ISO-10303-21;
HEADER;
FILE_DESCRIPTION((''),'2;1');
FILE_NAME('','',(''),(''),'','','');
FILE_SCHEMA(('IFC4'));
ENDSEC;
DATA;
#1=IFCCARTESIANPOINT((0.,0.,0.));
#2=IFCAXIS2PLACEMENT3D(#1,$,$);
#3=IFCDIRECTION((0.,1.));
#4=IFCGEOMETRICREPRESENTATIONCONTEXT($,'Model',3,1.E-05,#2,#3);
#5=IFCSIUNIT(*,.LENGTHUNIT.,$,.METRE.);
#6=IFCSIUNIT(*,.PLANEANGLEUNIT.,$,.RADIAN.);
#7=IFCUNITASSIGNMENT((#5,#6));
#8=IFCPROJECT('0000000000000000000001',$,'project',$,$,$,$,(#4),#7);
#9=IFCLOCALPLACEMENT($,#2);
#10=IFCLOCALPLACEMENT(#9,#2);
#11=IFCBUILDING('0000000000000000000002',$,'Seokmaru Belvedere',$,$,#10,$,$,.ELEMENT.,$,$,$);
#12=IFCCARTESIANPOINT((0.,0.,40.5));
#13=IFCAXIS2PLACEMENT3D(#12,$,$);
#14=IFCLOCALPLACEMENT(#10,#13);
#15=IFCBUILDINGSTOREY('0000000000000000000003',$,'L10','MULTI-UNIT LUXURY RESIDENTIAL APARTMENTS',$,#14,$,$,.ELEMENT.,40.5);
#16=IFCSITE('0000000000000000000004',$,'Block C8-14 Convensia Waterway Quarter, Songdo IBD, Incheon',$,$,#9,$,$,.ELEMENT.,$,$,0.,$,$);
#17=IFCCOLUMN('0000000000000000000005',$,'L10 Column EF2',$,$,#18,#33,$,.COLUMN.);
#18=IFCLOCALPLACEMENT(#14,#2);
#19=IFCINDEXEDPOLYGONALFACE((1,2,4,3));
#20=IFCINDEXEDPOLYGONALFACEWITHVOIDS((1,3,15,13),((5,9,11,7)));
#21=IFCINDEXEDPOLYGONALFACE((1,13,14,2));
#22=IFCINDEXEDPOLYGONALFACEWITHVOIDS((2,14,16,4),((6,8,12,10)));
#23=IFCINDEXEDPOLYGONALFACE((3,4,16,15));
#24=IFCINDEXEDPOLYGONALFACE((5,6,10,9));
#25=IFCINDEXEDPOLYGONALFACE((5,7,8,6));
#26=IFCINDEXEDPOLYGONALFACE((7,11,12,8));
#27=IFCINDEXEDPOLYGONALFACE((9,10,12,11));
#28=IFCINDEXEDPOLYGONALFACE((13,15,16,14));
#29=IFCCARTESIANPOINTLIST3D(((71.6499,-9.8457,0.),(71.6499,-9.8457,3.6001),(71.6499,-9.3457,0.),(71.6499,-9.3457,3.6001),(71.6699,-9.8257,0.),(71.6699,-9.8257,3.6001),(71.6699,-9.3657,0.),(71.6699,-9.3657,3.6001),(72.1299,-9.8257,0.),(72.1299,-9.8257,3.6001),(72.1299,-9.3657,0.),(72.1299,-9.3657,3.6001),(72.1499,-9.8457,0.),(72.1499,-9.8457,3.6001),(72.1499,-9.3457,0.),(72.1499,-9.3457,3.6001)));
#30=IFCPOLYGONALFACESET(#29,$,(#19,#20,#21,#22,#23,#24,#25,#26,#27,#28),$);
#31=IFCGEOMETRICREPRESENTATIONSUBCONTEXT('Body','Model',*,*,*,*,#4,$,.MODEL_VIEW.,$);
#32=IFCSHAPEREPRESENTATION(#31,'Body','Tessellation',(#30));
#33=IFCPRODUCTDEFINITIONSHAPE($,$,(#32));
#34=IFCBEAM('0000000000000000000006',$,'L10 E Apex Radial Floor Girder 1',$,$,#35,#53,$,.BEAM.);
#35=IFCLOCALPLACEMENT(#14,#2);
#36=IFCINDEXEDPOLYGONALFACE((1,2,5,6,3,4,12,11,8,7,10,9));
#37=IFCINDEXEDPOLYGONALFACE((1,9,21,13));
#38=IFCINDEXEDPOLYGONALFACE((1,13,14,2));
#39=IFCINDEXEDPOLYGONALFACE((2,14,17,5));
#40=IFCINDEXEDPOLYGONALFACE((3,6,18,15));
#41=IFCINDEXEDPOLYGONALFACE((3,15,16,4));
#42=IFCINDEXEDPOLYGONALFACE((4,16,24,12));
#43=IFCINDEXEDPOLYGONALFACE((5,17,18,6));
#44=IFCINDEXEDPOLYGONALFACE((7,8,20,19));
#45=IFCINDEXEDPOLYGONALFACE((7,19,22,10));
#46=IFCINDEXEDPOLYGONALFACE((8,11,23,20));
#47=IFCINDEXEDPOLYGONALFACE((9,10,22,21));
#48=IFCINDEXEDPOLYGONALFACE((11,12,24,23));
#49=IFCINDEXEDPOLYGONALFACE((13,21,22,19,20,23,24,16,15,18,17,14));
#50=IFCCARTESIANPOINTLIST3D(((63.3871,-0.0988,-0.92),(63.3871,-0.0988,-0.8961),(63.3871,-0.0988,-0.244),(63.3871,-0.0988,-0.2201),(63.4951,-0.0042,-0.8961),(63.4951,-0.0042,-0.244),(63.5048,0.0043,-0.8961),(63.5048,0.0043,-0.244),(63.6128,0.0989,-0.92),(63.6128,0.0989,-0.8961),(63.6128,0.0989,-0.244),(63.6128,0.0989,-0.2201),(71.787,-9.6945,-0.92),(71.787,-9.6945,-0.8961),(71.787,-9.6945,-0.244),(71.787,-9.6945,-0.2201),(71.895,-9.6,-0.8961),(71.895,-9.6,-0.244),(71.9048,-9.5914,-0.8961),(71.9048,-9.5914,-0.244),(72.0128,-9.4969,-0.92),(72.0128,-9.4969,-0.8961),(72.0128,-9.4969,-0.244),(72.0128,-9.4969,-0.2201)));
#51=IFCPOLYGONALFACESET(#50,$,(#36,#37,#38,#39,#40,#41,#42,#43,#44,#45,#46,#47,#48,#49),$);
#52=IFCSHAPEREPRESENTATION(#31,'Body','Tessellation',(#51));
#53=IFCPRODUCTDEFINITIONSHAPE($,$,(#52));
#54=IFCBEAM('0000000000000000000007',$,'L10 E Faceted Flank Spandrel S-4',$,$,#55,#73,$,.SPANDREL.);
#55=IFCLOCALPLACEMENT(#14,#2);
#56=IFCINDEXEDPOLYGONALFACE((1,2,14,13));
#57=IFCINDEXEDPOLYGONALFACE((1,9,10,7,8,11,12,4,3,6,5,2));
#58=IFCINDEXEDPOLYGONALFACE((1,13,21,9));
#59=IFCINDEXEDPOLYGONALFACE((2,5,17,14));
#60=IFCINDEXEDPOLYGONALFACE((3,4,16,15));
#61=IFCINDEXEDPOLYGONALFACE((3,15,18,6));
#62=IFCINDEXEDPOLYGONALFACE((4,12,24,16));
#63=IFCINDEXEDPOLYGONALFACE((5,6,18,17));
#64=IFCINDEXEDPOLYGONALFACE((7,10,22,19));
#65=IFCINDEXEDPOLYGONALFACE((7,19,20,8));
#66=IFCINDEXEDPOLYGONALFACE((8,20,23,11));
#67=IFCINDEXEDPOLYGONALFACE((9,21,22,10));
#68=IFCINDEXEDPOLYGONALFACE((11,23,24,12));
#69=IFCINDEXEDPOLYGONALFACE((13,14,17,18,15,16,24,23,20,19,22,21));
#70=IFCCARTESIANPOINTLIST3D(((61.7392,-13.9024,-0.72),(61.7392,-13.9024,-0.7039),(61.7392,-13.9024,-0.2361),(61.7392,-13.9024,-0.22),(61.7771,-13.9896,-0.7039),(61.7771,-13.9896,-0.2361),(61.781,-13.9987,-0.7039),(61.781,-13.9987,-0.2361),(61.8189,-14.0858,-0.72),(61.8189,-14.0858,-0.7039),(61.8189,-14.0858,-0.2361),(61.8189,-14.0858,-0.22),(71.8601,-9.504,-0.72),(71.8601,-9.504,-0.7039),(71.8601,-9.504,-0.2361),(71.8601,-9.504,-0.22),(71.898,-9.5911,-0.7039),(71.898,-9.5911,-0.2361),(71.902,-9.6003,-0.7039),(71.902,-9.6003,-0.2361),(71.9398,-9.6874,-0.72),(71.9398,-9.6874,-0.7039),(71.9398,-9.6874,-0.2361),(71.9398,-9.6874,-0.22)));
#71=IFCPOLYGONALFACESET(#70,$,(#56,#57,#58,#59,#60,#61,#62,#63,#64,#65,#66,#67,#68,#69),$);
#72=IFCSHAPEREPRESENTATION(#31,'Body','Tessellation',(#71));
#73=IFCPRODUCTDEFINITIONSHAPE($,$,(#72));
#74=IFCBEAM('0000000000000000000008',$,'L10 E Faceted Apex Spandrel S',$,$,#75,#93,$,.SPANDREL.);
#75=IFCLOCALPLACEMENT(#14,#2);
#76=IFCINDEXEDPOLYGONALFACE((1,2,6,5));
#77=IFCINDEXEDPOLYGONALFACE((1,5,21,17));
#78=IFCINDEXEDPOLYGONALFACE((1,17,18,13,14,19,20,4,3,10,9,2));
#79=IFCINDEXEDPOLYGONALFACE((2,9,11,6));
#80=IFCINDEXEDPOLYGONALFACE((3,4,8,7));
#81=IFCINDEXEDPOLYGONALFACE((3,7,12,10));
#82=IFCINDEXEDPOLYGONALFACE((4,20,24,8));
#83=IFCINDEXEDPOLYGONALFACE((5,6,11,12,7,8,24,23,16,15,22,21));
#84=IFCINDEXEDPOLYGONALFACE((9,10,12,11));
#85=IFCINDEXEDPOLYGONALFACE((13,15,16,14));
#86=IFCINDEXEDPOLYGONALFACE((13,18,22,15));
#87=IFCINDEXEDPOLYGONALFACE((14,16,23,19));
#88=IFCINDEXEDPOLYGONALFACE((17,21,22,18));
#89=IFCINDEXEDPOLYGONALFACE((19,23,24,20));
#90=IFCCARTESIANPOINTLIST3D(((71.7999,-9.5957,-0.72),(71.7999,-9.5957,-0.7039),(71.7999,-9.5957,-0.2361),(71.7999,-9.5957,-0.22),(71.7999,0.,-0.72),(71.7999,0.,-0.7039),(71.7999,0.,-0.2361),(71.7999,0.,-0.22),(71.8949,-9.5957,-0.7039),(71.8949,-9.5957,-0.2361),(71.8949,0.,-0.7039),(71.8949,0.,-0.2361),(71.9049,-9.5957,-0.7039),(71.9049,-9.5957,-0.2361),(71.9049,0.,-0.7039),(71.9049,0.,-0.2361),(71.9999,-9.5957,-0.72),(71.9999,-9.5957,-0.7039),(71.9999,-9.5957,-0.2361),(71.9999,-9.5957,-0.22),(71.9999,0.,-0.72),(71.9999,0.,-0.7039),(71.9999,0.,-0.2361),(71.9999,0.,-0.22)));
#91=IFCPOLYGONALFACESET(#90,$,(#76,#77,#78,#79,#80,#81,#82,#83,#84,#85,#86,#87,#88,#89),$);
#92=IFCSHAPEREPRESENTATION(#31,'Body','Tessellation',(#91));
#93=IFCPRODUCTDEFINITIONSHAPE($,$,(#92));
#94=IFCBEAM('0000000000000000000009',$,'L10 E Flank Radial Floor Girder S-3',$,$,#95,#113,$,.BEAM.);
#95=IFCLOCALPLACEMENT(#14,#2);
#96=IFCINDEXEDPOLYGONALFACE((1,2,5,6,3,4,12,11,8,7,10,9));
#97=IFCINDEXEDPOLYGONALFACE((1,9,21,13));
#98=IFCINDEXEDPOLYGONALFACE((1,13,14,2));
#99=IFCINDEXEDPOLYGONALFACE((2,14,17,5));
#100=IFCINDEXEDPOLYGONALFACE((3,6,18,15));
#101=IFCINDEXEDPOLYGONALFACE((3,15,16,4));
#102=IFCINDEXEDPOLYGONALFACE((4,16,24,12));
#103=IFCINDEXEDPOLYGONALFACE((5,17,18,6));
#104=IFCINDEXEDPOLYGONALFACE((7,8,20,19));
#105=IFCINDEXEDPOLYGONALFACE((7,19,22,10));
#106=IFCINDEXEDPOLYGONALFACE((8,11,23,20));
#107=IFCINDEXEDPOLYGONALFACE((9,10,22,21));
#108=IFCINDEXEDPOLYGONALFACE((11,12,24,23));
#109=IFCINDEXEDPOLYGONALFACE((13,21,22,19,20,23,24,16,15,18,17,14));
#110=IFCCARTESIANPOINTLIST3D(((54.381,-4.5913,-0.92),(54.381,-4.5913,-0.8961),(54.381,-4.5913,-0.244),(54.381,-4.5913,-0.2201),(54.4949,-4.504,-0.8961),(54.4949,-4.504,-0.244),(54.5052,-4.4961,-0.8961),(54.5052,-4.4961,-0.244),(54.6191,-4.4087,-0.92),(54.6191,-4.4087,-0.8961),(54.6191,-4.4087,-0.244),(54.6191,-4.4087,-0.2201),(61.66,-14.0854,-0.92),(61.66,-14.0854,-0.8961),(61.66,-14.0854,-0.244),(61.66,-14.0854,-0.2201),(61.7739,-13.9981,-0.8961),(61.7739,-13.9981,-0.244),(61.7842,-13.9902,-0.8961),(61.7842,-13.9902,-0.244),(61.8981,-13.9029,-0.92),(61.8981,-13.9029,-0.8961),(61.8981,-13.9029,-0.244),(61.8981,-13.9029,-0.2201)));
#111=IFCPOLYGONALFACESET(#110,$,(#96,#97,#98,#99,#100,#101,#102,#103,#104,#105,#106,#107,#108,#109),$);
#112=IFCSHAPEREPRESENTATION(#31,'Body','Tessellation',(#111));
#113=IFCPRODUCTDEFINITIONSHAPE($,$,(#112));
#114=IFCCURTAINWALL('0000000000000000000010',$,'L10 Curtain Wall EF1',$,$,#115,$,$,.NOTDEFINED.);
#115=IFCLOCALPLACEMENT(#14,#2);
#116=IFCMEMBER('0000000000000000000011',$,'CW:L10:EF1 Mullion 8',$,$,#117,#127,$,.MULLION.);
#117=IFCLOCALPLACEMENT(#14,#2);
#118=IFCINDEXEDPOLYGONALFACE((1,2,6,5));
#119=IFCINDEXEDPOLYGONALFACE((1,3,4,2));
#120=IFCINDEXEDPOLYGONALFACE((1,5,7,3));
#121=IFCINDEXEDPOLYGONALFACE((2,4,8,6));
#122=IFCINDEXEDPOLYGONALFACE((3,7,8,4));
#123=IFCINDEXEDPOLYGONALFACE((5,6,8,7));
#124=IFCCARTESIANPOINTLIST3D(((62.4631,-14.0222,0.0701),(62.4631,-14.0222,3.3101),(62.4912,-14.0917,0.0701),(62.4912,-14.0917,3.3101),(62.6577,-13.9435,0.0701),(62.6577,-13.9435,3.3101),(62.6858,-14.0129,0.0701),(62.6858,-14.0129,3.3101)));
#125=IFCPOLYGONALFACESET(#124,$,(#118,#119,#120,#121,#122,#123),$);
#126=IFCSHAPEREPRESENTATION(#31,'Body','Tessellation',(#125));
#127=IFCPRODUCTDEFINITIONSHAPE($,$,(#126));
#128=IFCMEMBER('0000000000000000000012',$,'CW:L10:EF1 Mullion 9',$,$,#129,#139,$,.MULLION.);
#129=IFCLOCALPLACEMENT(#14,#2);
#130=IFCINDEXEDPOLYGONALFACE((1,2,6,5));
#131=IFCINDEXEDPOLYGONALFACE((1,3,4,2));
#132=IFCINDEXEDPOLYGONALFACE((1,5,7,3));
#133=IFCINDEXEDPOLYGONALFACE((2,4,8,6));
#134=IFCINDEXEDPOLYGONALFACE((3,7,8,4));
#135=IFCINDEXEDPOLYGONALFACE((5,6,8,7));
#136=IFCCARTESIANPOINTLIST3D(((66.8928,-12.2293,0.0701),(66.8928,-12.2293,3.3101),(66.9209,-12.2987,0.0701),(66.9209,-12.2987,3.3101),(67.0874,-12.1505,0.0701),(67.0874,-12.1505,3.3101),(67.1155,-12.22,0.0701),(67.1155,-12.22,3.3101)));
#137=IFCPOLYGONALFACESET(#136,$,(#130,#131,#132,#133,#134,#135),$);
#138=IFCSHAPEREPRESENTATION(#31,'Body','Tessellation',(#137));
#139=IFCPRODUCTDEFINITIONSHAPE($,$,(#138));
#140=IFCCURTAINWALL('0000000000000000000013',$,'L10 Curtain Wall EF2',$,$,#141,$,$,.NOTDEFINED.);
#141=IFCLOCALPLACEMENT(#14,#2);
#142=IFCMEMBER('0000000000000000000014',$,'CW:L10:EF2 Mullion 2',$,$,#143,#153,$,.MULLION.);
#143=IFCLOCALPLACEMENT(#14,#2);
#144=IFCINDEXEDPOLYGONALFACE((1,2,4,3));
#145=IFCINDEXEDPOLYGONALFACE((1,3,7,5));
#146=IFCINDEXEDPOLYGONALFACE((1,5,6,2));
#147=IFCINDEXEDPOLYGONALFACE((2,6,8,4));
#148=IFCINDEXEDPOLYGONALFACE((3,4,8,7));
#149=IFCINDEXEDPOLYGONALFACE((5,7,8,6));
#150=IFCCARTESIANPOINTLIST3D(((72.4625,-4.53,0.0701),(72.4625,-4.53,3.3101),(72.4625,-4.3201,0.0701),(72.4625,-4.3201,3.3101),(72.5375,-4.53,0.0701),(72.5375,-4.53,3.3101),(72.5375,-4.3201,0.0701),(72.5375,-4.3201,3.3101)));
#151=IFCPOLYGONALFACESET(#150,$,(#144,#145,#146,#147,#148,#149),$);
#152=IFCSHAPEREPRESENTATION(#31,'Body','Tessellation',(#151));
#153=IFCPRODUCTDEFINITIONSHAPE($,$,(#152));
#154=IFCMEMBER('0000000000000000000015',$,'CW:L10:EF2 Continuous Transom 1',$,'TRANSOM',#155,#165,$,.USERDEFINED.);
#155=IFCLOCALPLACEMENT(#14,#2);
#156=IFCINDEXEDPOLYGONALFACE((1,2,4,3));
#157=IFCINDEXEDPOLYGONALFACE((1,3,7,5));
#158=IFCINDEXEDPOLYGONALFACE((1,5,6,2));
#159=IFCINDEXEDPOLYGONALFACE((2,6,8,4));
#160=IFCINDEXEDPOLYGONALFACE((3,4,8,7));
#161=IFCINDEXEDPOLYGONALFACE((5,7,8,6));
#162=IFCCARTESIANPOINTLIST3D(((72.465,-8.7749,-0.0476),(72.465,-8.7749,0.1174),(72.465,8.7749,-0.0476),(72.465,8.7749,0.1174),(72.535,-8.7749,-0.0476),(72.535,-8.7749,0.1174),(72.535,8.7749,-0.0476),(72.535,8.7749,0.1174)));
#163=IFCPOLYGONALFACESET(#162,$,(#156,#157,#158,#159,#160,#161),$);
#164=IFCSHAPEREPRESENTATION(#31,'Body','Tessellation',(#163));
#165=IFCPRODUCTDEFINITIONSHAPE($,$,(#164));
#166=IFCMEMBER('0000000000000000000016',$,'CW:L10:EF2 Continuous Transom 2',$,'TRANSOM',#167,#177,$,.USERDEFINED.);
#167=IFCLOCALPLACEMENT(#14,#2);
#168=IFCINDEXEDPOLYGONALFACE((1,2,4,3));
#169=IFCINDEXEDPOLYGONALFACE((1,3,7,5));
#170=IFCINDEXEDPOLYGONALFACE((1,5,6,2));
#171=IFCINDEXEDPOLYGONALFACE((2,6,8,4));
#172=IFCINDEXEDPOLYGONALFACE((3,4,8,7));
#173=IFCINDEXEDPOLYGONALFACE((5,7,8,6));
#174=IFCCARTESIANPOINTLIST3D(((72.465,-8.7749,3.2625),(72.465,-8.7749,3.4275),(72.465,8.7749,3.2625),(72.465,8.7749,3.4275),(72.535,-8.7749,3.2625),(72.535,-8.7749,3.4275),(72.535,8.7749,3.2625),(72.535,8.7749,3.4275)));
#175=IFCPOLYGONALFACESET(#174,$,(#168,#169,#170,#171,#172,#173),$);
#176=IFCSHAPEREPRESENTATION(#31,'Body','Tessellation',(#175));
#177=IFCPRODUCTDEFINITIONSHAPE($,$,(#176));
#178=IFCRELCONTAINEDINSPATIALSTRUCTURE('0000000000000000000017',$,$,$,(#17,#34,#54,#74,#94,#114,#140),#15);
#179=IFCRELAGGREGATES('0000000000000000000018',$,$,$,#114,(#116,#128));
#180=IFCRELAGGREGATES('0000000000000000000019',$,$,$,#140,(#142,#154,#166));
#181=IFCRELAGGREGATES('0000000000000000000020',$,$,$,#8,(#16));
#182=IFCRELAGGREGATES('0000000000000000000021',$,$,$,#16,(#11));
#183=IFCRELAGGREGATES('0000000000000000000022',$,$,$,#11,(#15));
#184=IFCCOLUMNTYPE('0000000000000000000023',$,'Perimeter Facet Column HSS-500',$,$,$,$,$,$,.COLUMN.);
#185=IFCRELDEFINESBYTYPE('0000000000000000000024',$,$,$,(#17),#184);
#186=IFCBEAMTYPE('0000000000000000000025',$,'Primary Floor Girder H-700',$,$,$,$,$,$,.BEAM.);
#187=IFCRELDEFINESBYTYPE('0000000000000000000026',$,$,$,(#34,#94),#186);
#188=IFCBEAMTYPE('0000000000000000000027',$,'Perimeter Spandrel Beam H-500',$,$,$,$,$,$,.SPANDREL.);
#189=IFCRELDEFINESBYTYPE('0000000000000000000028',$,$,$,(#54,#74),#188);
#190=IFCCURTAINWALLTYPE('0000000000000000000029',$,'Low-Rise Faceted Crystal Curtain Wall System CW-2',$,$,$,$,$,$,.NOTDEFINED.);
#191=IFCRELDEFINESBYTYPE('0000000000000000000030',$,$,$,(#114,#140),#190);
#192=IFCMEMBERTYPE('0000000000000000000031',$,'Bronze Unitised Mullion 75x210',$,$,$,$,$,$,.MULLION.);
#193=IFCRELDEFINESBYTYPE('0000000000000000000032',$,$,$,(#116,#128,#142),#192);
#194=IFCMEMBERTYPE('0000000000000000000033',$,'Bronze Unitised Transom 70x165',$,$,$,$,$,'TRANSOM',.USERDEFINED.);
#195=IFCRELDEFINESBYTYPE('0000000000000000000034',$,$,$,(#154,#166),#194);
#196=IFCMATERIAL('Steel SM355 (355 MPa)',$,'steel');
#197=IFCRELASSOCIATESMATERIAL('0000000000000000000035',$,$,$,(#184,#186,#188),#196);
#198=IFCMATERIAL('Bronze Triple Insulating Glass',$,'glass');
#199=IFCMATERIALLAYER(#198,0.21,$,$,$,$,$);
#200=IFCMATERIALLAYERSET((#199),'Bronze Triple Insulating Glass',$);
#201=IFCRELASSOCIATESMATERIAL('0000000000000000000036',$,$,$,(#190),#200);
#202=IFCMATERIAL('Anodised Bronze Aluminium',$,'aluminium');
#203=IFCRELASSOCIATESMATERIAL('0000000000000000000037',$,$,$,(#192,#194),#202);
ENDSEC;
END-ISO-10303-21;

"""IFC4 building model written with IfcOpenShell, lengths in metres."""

from ifc_helpers import new_model, si_unit, direction, frame, origin, origin_2d, place, context, subcontext, project, spatial, rectangle, hollow_rectangle, i_section, extrude, source, transform, mapped, material, layer, layer_set, material_profile, profile_set, type_object, type_shapes, element, aggregate, save


model = new_model("IFC4")

# Units and contexts
model_context = context("Model", 3, precision=1e-05, world=origin(), true_north=direction((0.0, 1.0)))
body_context = subcontext(model_context, "Body", "Model", "MODEL_VIEW")
ifc_project = project(units=[si_unit("LENGTHUNIT", "METRE"), si_unit("PLANEANGLEUNIT", "RADIAN")], contexts=[model_context])

# Site, building, storey
site_placement = place(None, origin())
site = spatial("IfcSite", under=ifc_project, at=site_placement, Name="Block C8-14 Convensia Waterway Quarter, Songdo IBD, Incheon", CompositionType="ELEMENT", RefElevation=0.0)
building_placement = place(site_placement, origin())
building = spatial("IfcBuilding", under=site, at=building_placement, Name="Seokmaru Belvedere", CompositionType="ELEMENT")
storey_placement = place(building_placement, frame((0.0, 0.0, 40.5)))
storey = spatial("IfcBuildingStorey", under=building, at=storey_placement, Name="L10", Description="MULTI-UNIT LUXURY RESIDENTIAL APARTMENTS", CompositionType="ELEMENT", Elevation=40.5)

# Column
ifc_material_1 = material(Name="Steel SM355 (355 MPa)", Category="steel")
ifc_material_profile_1 = material_profile(ifc_material_1, hollow_rectangle(XDim=0.5, YDim=0.5, WallThickness=0.02, at=origin_2d()), Name="HSS-500x500x20")
ifc_profile_set_1 = profile_set([ifc_material_profile_1], Name="Steel SM355 (355 MPa)")
column_type = type_object("IfcColumnType", Name="Perimeter Facet Column HSS-500", PredefinedType="COLUMN", material=ifc_profile_set_1)
shared_shape_1 = source(origin(), body_context, "Body", "SweptSolid", [
    extrude(hollow_rectangle(XDim=0.5, YDim=0.5, WallThickness=0.02, at=origin_2d()), origin(), (0.0, 0.0, 1.0), 3.6001),
])
type_shapes(column_type, [shared_shape_1])
column_placement = place(storey_placement, frame((71.8999, -9.5957, 0.0), z_axis=(0.0, 0.0, 1.0), x_axis=(1.0, 0.0, 0.0)))
element("IfcColumn", 1, at=column_placement, inside=storey, type_object=column_type, Name="L10 Column EF2", PredefinedType="COLUMN", context=body_context, shape_type="MappedRepresentation", body=[
    mapped(shared_shape_1, transform((0.0, 0.0, 0.0), scale=1.0)),
])

# Beams
ifc_material_profile_2 = material_profile(ifc_material_1, i_section(OverallWidth=0.3, OverallDepth=0.7, WebThickness=0.0129, FlangeThickness=0.0239, at=origin_2d()), Name="H-700x300x13x24")
ifc_profile_set_2 = profile_set([ifc_material_profile_2], Name="Steel SM355 (355 MPa)")
beam_type_1 = type_object("IfcBeamType", Name="Primary Floor Girder H-700", PredefinedType="BEAM", material=ifc_profile_set_2)
shared_shape_2 = source(origin(), body_context, "Body", "SweptSolid", [
    extrude(i_section(OverallWidth=0.3, OverallDepth=0.7, WebThickness=0.0129, FlangeThickness=0.0239, at=origin_2d()), origin(), (0.0, 0.0, 1.0), 12.7529),
])
beam_1_placement = place(storey_placement, frame((71.8999, -9.5957, -0.5701), z_axis=(-0.658667, 0.752434, 0.0), x_axis=(-0.752434, -0.658667, 0.0)))
element("IfcBeam", 2, at=beam_1_placement, inside=storey, type_object=beam_type_1, Name="L10 E Apex Radial Floor Girder 1", PredefinedType="BEAM", context=body_context, shape_type="MappedRepresentation", body=[
    mapped(shared_shape_2, transform((0.0, 0.0, 0.0), scale=1.0)),
])
ifc_material_profile_3 = material_profile(ifc_material_1, i_section(OverallWidth=0.2, OverallDepth=0.5, WebThickness=0.01, FlangeThickness=0.0161, at=origin_2d()), Name="H-500x200x10x16")
ifc_profile_set_3 = profile_set([ifc_material_profile_3], Name="Steel SM355 (355 MPa)")
beam_type_2 = type_object("IfcBeamType", Name="Perimeter Spandrel Beam H-500", PredefinedType="SPANDREL", material=ifc_profile_set_3)
shared_shape_3 = source(origin(), body_context, "Body", "SweptSolid", [
    extrude(i_section(OverallWidth=0.2, OverallDepth=0.5, WebThickness=0.01, FlangeThickness=0.0161, at=origin_2d()), origin(), (0.0, 0.0, 1.0), 11.0354),
])
beam_2_placement = place(storey_placement, frame((61.7791, -13.9941, -0.47), z_axis=(0.917134, 0.398579, 0.0), x_axis=(-0.398579, 0.917134, 0.0)))
element("IfcBeam", 3, at=beam_2_placement, inside=storey, type_object=beam_type_2, Name="L10 E Faceted Flank Spandrel S-4", PredefinedType="SPANDREL", context=body_context, shape_type="MappedRepresentation", body=[
    mapped(shared_shape_3, transform((0.0, 0.0, 0.0), scale=1.0)),
])
shared_shape_4 = source(origin(), body_context, "Body", "SweptSolid", [
    extrude(i_section(OverallWidth=0.2, OverallDepth=0.5, WebThickness=0.01, FlangeThickness=0.0161, at=origin_2d()), origin(), (0.0, 0.0, 1.0), 9.5957),
])
type_shapes(beam_type_2, [shared_shape_3, shared_shape_4])
beam_3_placement = place(storey_placement, frame((71.8999, -9.5957, -0.47), z_axis=(0.0, 1.0, 0.0), x_axis=(-1.0, 0.0, 0.0)))
element("IfcBeam", 4, at=beam_3_placement, inside=storey, type_object=beam_type_2, Name="L10 E Faceted Apex Spandrel S", PredefinedType="SPANDREL", context=body_context, shape_type="MappedRepresentation", body=[
    mapped(shared_shape_4, transform((0.0, 0.0, 0.0), scale=1.0)),
])
shared_shape_5 = source(origin(), body_context, "Body", "SweptSolid", [
    extrude(i_section(OverallWidth=0.3, OverallDepth=0.7, WebThickness=0.0129, FlangeThickness=0.0239, at=origin_2d()), origin(), (0.0, 0.0, 1.0), 11.9634),
])
type_shapes(beam_type_1, [shared_shape_2, shared_shape_5])
beam_4_placement = place(storey_placement, frame((61.7791, -13.9941, -0.5701), z_axis=(-0.608443, 0.793598, 0.0), x_axis=(-0.793598, -0.608443, 0.0)))
element("IfcBeam", 5, at=beam_4_placement, inside=storey, type_object=beam_type_1, Name="L10 E Flank Radial Floor Girder S-3", PredefinedType="BEAM", context=body_context, shape_type="MappedRepresentation", body=[
    mapped(shared_shape_5, transform((0.0, 0.0, 0.0), scale=1.0)),
])

# Curtain walls, members
ifc_material_2 = material(Name="Bronze Triple Insulating Glass", Category="glass")
ifc_layer_1 = layer(ifc_material_2, 0.21)
ifc_layer_set_1 = layer_set([ifc_layer_1], Name="Bronze Triple Insulating Glass")
curtain_wall_type = type_object("IfcCurtainWallType", Name="Low-Rise Faceted Crystal Curtain Wall System CW-2", PredefinedType="NOTDEFINED", material=ifc_layer_set_1)
curtain_wall_1_placement = place(storey_placement, origin())
curtain_wall_1 = element("IfcCurtainWall", 6, at=curtain_wall_1_placement, inside=storey, type_object=curtain_wall_type, Name="L10 Curtain Wall EF1", PredefinedType="NOTDEFINED")
ifc_material_3 = material(Name="Anodised Bronze Aluminium", Category="aluminium")
ifc_material_profile_4 = material_profile(ifc_material_3, rectangle(XDim=0.075, YDim=0.21, at=origin_2d()), Name="CW-M-75x210")
ifc_profile_set_4 = profile_set([ifc_material_profile_4], Name="Anodised Bronze Aluminium")
member_type_1 = type_object("IfcMemberType", Name="Bronze Unitised Mullion 75x210", PredefinedType="MULLION", material=ifc_profile_set_4)
shared_shape_6 = source(origin(), body_context, "Body", "SweptSolid", [
    extrude(rectangle(XDim=0.075, YDim=0.21, at=origin_2d()), origin(), (0.0, 0.0, 1.0), 3.24),
])
member_1_placement = place(storey_placement, frame((62.5745, -14.0176, 0.0701), z_axis=(0.0, 0.0, 1.0), x_axis=(-0.375192, 0.926947, 0.0)))
member_1 = element("IfcMember", 7, at=member_1_placement, type_object=member_type_1, Name="CW:L10:EF1 Mullion 8", PredefinedType="MULLION", context=body_context, shape_type="MappedRepresentation", body=[
    mapped(shared_shape_6, transform((0.0, 0.0, 0.0), scale=1.0)),
])
member_2_placement = place(storey_placement, frame((67.0042, -12.2246, 0.0701), z_axis=(0.0, 0.0, 1.0), x_axis=(-0.375192, 0.926947, 0.0)))
member_2 = element("IfcMember", 8, at=member_2_placement, type_object=member_type_1, Name="CW:L10:EF1 Mullion 9", PredefinedType="MULLION", context=body_context, shape_type="MappedRepresentation", body=[
    mapped(shared_shape_6, transform((0.0, 0.0, 0.0), scale=1.0)),
])
curtain_wall_2_placement = place(storey_placement, origin())
curtain_wall_2 = element("IfcCurtainWall", 9, at=curtain_wall_2_placement, inside=storey, type_object=curtain_wall_type, Name="L10 Curtain Wall EF2", PredefinedType="NOTDEFINED")
member_3_placement = place(storey_placement, frame((72.5, -4.425, 0.0701), z_axis=(0.0, 0.0, 1.0), x_axis=(-1.0, 0.0, 0.0)))
member_3 = element("IfcMember", 10, at=member_3_placement, type_object=member_type_1, Name="CW:L10:EF2 Mullion 2", PredefinedType="MULLION", context=body_context, shape_type="MappedRepresentation", body=[
    mapped(shared_shape_6, transform((0.0, 0.0, 0.0), scale=1.0)),
])
ifc_material_profile_5 = material_profile(ifc_material_3, rectangle(XDim=0.0701, YDim=0.165, at=origin_2d()), Name="CW-T-70x165")
ifc_profile_set_5 = profile_set([ifc_material_profile_5], Name="Anodised Bronze Aluminium")
member_type_2 = type_object("IfcMemberType", Name="Bronze Unitised Transom 70x165", ElementType="TRANSOM", PredefinedType="USERDEFINED", material=ifc_profile_set_5)
shared_shape_7 = source(origin(), body_context, "Body", "SweptSolid", [
    extrude(rectangle(XDim=0.0701, YDim=0.165, at=origin_2d()), origin(), (0.0, 0.0, 1.0), 17.5498),
])
type_shapes(member_type_2, [shared_shape_7])
member_4_placement = place(storey_placement, frame((72.5, -8.7749, 0.0349), z_axis=(0.0, 1.0, 0.0), x_axis=(-1.0, 0.0, 0.0)))
member_4 = element("IfcMember", 11, at=member_4_placement, type_object=member_type_2, Name="CW:L10:EF2 Continuous Transom 1", ObjectType="TRANSOM", PredefinedType="USERDEFINED", context=body_context, shape_type="MappedRepresentation", body=[
    mapped(shared_shape_7, transform((0.0, 0.0, 0.0), scale=1.0)),
])
member_5_placement = place(storey_placement, frame((72.5, -8.7749, 3.345), z_axis=(0.0, 1.0, 0.0), x_axis=(-1.0, 0.0, 0.0)))
member_5 = element("IfcMember", 12, at=member_5_placement, type_object=member_type_2, Name="CW:L10:EF2 Continuous Transom 2", ObjectType="TRANSOM", PredefinedType="USERDEFINED", context=body_context, shape_type="MappedRepresentation", body=[
    mapped(shared_shape_7, transform((0.0, 0.0, 0.0), scale=1.0)),
])

aggregate(curtain_wall_1, [member_1, member_2])
aggregate(curtain_wall_2, [member_3, member_4, member_5])

save(model, "model.ifc")
